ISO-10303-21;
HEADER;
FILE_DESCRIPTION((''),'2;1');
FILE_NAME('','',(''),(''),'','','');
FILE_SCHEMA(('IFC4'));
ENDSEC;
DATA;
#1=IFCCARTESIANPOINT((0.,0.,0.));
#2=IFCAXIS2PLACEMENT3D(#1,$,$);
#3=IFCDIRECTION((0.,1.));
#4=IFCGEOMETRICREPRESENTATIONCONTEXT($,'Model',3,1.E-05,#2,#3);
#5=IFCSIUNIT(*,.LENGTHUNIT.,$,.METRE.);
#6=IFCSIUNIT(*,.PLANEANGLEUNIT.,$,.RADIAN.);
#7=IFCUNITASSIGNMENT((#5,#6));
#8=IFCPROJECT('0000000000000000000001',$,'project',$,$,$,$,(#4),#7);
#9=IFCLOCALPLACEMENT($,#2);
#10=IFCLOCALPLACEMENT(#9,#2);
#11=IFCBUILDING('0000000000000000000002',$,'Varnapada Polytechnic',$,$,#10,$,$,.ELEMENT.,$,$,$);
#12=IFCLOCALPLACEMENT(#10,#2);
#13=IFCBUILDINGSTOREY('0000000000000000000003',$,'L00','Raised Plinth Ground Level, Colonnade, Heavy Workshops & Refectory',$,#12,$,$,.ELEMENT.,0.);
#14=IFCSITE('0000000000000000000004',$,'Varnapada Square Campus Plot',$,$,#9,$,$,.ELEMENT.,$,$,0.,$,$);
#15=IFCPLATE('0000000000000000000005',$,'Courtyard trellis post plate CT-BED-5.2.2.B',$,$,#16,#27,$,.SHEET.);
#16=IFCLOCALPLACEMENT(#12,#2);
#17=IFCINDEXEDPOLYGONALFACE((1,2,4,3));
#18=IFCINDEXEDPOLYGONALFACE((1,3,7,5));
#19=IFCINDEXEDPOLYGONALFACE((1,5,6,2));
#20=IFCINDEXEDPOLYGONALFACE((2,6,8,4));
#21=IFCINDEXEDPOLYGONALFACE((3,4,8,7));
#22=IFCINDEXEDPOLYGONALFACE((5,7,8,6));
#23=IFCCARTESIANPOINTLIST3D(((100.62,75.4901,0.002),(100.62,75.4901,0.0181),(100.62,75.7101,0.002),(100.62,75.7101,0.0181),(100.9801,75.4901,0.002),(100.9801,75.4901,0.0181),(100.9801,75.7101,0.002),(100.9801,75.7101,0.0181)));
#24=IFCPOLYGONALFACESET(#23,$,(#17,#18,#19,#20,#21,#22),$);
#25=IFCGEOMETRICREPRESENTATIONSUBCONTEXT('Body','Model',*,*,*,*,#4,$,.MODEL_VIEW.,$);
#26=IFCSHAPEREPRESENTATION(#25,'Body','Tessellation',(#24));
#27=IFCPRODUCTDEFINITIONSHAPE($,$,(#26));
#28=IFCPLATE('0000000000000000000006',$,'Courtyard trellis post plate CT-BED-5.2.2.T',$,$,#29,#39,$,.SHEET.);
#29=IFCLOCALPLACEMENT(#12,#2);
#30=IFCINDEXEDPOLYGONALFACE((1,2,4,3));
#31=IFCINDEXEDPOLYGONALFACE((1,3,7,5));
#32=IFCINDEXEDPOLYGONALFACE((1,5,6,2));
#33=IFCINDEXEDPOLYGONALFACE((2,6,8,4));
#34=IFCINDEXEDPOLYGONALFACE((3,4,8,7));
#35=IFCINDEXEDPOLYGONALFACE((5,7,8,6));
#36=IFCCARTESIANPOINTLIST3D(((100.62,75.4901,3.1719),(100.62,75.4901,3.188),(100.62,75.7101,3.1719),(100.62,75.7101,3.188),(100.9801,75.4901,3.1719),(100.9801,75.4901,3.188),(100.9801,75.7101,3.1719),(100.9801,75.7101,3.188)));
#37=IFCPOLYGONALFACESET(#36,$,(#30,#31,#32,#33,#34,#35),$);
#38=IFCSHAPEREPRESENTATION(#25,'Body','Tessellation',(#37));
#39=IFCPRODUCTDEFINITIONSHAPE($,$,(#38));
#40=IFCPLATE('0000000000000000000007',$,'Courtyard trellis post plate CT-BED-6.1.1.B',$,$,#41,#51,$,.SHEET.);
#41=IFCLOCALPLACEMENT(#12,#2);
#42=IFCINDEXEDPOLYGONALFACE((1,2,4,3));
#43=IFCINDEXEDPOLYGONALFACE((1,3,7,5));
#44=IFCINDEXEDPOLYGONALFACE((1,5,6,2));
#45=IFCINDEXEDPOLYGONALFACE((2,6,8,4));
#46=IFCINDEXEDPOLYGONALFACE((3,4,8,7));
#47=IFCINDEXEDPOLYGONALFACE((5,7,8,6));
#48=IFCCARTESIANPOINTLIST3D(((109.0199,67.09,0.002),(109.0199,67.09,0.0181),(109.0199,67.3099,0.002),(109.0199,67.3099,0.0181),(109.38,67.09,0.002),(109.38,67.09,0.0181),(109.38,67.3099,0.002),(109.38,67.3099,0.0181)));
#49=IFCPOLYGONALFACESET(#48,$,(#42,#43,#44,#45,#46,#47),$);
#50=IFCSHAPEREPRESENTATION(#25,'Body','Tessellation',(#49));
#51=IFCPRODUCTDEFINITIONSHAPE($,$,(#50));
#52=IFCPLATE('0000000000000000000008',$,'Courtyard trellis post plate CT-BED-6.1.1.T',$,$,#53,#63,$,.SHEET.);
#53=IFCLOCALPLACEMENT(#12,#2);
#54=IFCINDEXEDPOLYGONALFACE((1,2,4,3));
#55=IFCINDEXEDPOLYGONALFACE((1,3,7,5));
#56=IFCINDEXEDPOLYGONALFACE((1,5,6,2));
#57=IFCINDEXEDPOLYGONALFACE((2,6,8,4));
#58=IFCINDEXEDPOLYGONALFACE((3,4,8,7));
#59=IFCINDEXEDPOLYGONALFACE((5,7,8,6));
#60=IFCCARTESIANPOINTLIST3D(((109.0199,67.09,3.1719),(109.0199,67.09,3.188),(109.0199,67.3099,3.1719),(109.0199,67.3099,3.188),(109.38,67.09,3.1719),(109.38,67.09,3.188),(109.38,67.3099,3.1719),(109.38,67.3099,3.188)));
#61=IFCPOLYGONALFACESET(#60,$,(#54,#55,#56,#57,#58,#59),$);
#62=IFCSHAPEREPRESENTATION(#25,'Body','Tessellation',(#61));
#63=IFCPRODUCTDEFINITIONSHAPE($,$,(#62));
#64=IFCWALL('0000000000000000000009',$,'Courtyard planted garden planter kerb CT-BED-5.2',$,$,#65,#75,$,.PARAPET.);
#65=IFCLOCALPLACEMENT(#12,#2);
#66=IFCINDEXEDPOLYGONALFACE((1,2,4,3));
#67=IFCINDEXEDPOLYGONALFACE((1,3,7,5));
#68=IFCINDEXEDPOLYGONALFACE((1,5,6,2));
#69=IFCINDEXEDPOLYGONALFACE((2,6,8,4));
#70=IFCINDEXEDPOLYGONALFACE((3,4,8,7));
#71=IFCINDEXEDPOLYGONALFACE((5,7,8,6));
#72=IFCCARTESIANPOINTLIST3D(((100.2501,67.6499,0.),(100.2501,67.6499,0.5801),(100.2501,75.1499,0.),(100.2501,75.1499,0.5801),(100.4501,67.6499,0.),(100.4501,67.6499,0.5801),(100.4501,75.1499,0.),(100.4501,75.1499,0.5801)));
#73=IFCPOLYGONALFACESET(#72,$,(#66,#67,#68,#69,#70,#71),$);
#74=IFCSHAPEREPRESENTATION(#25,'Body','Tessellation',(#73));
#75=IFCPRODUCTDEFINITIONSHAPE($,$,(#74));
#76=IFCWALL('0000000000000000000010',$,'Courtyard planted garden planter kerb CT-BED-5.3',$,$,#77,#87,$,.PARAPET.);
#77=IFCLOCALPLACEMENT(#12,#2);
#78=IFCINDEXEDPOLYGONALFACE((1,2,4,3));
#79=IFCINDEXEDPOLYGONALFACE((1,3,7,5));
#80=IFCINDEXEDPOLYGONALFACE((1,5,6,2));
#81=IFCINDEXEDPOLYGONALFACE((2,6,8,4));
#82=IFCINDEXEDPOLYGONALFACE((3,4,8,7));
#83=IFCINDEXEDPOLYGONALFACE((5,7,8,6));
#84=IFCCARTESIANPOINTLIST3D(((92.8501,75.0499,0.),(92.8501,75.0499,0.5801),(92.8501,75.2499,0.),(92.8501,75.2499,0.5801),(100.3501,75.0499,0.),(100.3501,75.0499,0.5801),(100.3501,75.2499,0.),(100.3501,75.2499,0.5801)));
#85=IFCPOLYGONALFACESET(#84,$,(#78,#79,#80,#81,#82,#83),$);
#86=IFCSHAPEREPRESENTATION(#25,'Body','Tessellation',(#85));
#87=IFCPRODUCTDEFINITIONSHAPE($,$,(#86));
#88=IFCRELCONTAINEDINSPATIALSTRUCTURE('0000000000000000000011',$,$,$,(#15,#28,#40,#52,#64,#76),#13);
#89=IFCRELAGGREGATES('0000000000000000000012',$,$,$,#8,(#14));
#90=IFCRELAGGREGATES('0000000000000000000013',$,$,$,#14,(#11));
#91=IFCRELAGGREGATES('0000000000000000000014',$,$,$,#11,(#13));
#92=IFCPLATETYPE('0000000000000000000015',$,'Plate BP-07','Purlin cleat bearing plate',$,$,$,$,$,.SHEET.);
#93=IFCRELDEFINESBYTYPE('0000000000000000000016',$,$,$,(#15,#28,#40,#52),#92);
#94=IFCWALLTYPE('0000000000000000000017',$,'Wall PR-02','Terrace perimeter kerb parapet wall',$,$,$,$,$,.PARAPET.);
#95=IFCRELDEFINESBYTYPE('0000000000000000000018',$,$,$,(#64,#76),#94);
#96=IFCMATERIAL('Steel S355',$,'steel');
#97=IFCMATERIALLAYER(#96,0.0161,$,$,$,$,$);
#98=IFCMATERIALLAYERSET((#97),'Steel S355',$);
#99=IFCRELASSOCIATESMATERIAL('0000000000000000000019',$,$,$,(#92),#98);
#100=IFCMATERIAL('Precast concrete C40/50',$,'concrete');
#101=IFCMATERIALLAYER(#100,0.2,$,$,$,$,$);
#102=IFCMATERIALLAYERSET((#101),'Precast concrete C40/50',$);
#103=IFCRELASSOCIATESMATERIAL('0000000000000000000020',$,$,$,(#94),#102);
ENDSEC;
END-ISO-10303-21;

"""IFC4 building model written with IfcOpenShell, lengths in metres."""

from ifc_helpers import new_model, si_unit, direction, frame, frame_2d, origin, origin_2d, place, context, subcontext, project, spatial, rectangle, extrude, material, layer, layer_set, type_object, element, save


model = new_model("IFC4")

# Units and contexts
model_context = context("Model", 3, precision=1e-05, world=origin(), true_north=direction((0.0, 1.0)))
body_context = subcontext(model_context, "Body", "Model", "MODEL_VIEW")
ifc_project = project(units=[si_unit("LENGTHUNIT", "METRE"), si_unit("PLANEANGLEUNIT", "RADIAN")], contexts=[model_context])

# Site, building, storey
site_placement = place(None, origin())
site = spatial("IfcSite", under=ifc_project, at=site_placement, Name="Varnapada Square Campus Plot", CompositionType="ELEMENT", RefElevation=0.0)
building_placement = place(site_placement, origin())
building = spatial("IfcBuilding", under=site, at=building_placement, Name="Varnapada Polytechnic", CompositionType="ELEMENT")
storey_placement = place(building_placement, origin())
storey = spatial("IfcBuildingStorey", under=building, at=storey_placement, Name="L00", Description="Raised Plinth Ground Level, Colonnade, Heavy Workshops & Refectory", CompositionType="ELEMENT", Elevation=0.0)

# Shared definitions
ifc_material_1 = material(Name="Steel S355", Category="steel")

# Plates
ifc_layer_1 = layer(ifc_material_1, 0.0161)
ifc_layer_set_1 = layer_set([ifc_layer_1], Name="Steel S355")
plate_type = type_object("IfcPlateType", Name="Plate BP-07", Description="Purlin cleat bearing plate", PredefinedType="SHEET", material=ifc_layer_set_1)
for number, where, z_axis, x_axis, name in (
    (1, (100.8, 75.6001, 0.002), (0.0, 0.0, 1.0), (1.0, 0.0, 0.0), "Courtyard trellis post plate CT-BED-5.2.2.B"),
    (2, (100.8, 75.6001, 3.1719), (0.0, 0.0, 1.0), (1.0, 0.0, 0.0), "Courtyard trellis post plate CT-BED-5.2.2.T"),
    (3, (109.2, 67.2, 0.002), (0.0, 0.0, 1.0), (1.0, 0.0, 0.0), "Courtyard trellis post plate CT-BED-6.1.1.B"),
    (4, (109.2, 67.2, 3.1719), (0.0, 0.0, 1.0), (1.0, 0.0, 0.0), "Courtyard trellis post plate CT-BED-6.1.1.T"),
):
    element("IfcPlate", number, at=place(storey_placement, frame(where, z_axis=z_axis, x_axis=x_axis)), inside=storey, type_object=plate_type, Name=name, PredefinedType="SHEET", context=body_context, shape_type="SweptSolid", body=[
        extrude(rectangle(XDim=0.3601, YDim=0.22, at=origin_2d()), origin(), (0.0, 0.0, 1.0), 0.0161),
    ])

# Walls
ifc_material_2 = material(Name="Precast concrete C40/50", Category="concrete")
ifc_layer_2 = layer(ifc_material_2, 0.2)
ifc_layer_set_2 = layer_set([ifc_layer_2], Name="Precast concrete C40/50")
wall_type = type_object("IfcWallType", Name="Wall PR-02", Description="Terrace perimeter kerb parapet wall", PredefinedType="PARAPET", material=ifc_layer_set_2)
for number, where, z_axis, x_axis, name in (
    (5, (100.3501, 67.6499, 0.0), (0.0, 0.0, 1.0), (0.0, 1.0, 0.0), "Courtyard planted garden planter kerb CT-BED-5.2"),
    (6, (100.3501, 75.1499, 0.0), (0.0, 0.0, 1.0), (-1.0, 0.0, 0.0), "Courtyard planted garden planter kerb CT-BED-5.3"),
):
    element("IfcWall", number, at=place(storey_placement, frame(where, z_axis=z_axis, x_axis=x_axis)), inside=storey, type_object=wall_type, Name=name, PredefinedType="PARAPET", context=body_context, shape_type="SweptSolid", body=[
        extrude(rectangle(XDim=7.5, YDim=0.2, at=frame_2d((3.75, 0.0))), origin(), (0.0, 0.0, 1.0), 0.5801),
    ])

save(model, "model.ifc")
